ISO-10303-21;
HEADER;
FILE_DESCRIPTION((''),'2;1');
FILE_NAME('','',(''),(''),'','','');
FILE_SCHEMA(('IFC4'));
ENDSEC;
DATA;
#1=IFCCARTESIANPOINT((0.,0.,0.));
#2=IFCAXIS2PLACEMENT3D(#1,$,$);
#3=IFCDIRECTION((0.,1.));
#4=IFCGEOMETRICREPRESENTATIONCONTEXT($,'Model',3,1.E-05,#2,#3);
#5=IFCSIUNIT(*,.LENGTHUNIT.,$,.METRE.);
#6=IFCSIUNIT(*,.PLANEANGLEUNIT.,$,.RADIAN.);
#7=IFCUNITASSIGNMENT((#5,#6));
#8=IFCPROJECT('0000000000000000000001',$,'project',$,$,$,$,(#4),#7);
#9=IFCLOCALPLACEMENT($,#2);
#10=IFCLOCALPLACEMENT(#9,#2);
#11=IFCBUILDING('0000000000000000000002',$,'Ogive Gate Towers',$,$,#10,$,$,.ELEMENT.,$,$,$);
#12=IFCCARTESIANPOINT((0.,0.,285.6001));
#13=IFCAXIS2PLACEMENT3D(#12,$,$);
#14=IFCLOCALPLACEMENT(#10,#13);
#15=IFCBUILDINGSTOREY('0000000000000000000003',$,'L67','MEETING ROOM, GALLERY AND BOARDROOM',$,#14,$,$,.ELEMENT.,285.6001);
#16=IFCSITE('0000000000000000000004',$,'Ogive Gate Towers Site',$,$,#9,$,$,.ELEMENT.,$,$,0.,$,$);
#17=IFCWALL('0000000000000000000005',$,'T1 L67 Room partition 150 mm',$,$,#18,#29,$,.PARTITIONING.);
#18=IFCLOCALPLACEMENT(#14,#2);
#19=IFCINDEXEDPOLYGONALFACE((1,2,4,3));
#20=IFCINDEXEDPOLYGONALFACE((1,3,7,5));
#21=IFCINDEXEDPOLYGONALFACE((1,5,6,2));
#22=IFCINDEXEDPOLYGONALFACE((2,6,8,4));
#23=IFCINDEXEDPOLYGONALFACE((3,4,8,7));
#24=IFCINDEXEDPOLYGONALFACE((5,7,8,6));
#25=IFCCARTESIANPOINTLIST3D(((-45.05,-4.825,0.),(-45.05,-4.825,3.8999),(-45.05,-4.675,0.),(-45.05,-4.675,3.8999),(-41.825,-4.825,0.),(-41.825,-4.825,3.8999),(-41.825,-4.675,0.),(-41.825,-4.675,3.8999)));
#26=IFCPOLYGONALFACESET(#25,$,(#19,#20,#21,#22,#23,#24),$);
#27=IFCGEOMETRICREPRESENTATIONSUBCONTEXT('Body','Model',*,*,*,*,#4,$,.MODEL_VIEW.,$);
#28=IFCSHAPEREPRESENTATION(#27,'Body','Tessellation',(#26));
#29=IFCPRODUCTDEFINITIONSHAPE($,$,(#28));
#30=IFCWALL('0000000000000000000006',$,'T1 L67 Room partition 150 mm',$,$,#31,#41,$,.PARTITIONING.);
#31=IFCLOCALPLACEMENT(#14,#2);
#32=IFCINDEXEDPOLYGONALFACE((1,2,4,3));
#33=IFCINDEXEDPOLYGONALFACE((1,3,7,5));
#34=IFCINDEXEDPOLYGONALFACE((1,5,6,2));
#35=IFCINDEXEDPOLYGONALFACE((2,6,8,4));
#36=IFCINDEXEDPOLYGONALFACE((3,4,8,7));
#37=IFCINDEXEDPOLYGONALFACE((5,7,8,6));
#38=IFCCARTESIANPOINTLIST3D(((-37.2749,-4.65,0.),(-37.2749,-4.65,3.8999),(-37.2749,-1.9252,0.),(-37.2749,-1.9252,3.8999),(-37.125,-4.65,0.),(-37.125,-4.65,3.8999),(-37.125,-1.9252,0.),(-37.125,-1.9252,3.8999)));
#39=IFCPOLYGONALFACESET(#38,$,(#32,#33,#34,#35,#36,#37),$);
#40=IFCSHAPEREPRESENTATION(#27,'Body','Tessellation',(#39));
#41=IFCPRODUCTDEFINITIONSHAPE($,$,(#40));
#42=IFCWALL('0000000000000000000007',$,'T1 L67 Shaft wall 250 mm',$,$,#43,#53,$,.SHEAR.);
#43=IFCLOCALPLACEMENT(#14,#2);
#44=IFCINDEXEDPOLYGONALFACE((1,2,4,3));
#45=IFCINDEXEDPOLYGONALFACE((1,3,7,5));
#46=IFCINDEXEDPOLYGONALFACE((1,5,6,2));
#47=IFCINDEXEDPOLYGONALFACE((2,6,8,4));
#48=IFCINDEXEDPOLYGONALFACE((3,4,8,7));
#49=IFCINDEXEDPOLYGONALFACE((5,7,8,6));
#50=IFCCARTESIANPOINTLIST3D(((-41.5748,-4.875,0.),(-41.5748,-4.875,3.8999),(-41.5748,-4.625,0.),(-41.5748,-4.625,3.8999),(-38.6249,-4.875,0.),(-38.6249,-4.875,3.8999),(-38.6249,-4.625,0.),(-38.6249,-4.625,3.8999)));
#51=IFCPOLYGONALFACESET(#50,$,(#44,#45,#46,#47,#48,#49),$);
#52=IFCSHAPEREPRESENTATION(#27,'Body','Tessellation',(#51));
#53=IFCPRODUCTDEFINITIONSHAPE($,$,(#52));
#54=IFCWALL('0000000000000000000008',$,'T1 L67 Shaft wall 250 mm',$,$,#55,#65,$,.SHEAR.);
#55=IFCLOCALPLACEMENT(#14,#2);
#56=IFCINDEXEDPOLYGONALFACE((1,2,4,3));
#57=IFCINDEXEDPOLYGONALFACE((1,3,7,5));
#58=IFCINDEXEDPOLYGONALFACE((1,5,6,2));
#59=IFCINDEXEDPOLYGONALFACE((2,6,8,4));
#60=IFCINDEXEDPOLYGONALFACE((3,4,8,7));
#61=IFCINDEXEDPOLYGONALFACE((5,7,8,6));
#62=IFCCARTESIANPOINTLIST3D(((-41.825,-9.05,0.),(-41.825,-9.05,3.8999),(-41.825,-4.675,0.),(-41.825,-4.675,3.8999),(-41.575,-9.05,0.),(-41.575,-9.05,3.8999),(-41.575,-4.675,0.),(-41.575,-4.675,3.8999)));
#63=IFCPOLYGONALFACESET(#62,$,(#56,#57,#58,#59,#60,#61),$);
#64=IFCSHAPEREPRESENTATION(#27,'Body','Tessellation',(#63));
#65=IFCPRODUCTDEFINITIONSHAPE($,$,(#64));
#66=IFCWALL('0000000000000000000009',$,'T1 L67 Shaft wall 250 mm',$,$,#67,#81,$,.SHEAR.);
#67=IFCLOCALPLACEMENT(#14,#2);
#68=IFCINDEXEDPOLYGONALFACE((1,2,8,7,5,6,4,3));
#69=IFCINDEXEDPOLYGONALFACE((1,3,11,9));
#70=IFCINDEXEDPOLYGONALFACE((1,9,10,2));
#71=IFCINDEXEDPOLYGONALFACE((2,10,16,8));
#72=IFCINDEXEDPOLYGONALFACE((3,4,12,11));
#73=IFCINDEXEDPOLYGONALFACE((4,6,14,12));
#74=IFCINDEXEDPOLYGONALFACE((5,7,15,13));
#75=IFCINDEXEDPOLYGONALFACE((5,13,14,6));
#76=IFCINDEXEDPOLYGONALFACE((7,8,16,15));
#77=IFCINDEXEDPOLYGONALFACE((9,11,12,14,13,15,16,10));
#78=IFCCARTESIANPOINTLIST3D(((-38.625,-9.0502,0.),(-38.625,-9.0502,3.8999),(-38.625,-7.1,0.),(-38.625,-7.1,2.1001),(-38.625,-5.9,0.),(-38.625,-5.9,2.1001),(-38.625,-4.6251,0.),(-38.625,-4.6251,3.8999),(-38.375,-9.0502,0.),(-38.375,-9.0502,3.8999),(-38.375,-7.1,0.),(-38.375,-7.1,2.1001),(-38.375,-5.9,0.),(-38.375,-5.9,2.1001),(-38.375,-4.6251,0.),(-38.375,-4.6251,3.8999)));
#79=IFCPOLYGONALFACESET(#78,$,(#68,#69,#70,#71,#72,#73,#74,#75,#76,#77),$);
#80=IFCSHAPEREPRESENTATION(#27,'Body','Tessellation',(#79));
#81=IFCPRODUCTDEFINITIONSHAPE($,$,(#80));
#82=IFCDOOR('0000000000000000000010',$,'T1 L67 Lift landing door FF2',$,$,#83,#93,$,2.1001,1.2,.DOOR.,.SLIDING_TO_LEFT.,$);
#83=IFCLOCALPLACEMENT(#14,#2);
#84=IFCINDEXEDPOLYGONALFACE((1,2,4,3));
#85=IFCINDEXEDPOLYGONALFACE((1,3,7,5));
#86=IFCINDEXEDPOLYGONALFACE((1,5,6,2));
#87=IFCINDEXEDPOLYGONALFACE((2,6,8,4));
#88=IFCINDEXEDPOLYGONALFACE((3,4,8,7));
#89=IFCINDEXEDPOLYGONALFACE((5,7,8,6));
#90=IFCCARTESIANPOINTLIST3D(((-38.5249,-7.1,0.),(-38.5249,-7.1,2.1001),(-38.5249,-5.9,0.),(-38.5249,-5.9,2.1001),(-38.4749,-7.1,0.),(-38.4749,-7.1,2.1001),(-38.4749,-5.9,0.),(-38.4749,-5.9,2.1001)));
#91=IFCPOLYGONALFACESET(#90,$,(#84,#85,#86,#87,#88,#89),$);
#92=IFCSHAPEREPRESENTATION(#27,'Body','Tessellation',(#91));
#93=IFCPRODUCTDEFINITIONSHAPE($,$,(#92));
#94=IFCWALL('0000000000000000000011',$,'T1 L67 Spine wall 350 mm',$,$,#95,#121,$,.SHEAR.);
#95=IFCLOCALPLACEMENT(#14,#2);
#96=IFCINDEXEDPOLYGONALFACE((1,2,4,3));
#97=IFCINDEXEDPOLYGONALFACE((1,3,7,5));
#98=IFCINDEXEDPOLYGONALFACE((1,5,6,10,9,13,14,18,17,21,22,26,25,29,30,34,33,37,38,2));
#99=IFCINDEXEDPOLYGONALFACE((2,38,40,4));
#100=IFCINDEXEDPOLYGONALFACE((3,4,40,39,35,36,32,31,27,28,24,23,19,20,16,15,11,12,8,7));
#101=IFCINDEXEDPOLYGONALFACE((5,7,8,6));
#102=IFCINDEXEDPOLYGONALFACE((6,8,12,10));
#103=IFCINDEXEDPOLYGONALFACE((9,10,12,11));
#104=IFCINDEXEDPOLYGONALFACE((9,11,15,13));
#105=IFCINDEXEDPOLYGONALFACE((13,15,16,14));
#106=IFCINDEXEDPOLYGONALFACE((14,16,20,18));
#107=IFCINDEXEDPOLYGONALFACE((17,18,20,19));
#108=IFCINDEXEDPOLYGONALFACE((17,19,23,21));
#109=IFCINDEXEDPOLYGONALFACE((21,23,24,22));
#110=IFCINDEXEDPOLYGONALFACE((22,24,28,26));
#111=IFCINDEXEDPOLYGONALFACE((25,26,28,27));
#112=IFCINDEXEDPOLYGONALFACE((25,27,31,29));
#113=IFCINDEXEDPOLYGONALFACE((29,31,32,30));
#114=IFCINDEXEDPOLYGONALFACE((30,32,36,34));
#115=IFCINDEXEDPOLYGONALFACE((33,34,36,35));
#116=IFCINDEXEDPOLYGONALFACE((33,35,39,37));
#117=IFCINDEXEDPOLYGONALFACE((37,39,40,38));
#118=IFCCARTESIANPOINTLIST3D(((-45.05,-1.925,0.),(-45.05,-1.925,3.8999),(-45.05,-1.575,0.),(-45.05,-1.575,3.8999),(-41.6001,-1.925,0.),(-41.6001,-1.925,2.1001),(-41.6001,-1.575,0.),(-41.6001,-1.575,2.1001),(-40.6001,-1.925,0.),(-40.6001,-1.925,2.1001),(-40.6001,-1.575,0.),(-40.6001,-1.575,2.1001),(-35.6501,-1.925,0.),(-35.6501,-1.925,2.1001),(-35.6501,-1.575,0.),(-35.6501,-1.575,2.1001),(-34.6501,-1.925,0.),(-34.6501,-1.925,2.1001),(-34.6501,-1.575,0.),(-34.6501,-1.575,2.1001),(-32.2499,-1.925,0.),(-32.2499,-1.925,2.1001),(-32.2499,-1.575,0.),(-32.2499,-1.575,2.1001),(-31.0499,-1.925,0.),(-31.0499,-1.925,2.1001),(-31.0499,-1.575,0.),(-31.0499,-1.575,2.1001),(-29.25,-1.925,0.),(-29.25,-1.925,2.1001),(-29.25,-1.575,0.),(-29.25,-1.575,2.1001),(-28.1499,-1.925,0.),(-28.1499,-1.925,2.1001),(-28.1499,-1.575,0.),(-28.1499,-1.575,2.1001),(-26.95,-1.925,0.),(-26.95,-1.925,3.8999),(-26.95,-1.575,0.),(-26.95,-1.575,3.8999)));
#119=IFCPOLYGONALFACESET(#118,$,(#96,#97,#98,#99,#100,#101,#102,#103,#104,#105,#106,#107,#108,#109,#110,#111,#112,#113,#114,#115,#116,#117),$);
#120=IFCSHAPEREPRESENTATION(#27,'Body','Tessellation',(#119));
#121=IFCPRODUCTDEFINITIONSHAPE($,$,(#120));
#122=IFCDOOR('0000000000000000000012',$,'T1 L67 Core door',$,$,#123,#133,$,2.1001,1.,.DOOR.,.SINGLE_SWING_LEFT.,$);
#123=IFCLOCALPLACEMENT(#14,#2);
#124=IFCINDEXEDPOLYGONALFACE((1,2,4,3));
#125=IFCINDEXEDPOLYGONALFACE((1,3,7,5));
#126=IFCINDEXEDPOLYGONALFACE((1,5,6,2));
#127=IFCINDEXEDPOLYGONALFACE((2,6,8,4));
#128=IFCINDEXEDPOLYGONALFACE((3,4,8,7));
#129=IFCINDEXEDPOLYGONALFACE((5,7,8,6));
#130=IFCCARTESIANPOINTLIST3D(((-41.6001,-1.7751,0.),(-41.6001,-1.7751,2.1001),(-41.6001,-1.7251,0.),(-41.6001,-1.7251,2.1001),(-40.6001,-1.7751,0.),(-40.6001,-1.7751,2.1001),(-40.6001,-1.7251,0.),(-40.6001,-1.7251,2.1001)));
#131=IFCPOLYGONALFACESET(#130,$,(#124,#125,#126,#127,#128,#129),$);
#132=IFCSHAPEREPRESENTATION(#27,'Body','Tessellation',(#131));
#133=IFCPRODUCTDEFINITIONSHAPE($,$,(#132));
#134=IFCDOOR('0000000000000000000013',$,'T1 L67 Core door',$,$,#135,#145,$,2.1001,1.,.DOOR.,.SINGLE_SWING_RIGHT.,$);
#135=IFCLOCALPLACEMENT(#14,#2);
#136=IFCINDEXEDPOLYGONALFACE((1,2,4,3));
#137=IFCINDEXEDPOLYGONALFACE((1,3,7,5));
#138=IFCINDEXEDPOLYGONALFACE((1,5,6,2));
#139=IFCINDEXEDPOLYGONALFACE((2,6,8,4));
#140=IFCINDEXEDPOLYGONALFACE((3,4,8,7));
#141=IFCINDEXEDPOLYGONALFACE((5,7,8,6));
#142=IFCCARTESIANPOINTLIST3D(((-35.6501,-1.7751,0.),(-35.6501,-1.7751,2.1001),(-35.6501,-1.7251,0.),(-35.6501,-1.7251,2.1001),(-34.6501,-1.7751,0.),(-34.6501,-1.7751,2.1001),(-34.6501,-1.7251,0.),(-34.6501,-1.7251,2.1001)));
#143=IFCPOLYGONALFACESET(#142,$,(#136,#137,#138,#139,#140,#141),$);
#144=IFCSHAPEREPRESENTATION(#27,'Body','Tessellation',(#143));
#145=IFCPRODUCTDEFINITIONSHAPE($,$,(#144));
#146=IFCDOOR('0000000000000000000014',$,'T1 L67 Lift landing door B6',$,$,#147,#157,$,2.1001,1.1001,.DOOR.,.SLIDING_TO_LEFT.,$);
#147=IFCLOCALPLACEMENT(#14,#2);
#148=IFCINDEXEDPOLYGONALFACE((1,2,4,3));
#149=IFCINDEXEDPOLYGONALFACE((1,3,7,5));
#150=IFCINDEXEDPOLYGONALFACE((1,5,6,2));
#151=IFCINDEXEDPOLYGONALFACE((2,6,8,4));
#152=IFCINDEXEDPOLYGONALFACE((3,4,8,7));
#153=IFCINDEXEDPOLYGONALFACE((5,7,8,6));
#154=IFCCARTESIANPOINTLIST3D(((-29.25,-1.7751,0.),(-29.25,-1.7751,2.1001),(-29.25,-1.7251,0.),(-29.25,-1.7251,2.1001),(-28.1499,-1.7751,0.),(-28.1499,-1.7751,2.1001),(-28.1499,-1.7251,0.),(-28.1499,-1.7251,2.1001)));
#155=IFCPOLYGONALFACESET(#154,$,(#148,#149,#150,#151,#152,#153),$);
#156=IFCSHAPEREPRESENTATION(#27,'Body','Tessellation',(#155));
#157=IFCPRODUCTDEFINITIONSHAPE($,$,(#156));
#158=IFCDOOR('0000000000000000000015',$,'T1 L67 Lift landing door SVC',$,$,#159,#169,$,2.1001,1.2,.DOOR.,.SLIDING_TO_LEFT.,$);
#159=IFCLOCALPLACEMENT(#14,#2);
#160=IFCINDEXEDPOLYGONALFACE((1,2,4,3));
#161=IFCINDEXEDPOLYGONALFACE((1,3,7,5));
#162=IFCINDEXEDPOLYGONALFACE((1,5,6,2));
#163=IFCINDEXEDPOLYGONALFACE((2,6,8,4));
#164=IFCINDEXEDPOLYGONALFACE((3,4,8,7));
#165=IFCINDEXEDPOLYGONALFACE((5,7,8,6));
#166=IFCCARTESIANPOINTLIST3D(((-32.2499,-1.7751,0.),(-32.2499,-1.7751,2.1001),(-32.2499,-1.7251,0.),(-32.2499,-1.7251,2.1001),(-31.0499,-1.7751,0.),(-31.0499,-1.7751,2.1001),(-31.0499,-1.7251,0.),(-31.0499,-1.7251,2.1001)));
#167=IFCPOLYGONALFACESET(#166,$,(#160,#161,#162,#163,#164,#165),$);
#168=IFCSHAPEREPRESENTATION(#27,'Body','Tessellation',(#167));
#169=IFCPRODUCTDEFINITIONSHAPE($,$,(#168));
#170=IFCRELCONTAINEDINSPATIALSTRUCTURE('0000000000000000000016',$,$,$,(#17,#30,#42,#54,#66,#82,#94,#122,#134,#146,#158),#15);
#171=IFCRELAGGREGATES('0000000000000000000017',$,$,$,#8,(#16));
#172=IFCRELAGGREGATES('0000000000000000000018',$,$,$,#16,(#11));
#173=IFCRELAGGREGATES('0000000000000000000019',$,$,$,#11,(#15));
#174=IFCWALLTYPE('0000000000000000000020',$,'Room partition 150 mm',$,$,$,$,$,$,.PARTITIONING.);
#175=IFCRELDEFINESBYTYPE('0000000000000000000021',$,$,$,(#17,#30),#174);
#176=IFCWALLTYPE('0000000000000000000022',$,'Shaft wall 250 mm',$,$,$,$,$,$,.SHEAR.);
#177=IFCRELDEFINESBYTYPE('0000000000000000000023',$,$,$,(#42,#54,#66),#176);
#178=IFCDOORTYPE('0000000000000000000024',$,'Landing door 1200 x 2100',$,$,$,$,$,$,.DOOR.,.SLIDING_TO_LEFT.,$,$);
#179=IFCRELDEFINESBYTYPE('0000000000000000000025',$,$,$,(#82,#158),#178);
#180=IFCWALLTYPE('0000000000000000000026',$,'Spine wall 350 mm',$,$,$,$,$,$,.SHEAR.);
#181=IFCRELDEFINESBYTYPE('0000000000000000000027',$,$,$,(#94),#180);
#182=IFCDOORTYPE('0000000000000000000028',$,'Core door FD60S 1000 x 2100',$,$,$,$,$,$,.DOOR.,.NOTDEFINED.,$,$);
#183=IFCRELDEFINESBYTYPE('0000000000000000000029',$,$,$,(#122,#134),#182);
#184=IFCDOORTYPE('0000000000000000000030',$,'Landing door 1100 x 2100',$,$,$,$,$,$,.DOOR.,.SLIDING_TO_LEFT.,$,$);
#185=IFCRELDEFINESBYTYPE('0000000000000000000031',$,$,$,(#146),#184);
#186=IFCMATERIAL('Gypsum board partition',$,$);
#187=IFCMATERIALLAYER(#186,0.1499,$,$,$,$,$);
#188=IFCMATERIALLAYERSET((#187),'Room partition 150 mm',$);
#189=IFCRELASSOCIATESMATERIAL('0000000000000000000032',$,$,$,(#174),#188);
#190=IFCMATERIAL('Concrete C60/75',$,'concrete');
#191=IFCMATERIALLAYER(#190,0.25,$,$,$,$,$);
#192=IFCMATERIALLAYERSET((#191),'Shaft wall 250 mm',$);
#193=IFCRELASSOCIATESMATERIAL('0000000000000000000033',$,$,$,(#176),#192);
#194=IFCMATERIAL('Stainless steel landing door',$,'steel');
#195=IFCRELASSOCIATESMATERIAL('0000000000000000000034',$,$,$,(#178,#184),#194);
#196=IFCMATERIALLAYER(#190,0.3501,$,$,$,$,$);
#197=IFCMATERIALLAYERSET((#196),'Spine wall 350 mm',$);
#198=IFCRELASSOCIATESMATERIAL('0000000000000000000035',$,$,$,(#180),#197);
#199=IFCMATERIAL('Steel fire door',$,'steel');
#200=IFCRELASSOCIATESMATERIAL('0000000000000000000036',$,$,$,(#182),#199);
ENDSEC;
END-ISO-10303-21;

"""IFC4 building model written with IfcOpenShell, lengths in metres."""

from ifc_helpers import new_model, si_unit, direction, frame, frame_2d, origin, place, context, subcontext, project, spatial, rectangle, extrude, material, layer, layer_set, type_object, element, fill, save


model = new_model("IFC4")

# Units and contexts
model_context = context("Model", 3, precision=1e-05, world=origin(), true_north=direction((0.0, 1.0)))
body_context = subcontext(model_context, "Body", "Model", "MODEL_VIEW")
ifc_project = project(units=[si_unit("LENGTHUNIT", "METRE"), si_unit("PLANEANGLEUNIT", "RADIAN")], contexts=[model_context])

# Site, building, storey
site_placement = place(None, origin())
site = spatial("IfcSite", under=ifc_project, at=site_placement, Name="Ogive Gate Towers Site", CompositionType="ELEMENT", RefElevation=0.0)
building_placement = place(site_placement, origin())
building = spatial("IfcBuilding", under=site, at=building_placement, Name="Ogive Gate Towers", CompositionType="ELEMENT")
storey_placement = place(building_placement, frame((0.0, 0.0, 285.6001)))
storey = spatial("IfcBuildingStorey", under=building, at=storey_placement, Name="L67", Description="MEETING ROOM, GALLERY AND BOARDROOM", CompositionType="ELEMENT", Elevation=285.6001)

# Shared definitions
ifc_material_1 = material(Name="Concrete C60/75", Category="concrete")
ifc_material_2 = material(Name="Steel fire door", Category="steel")

# Walls
ifc_material_3 = material(Name="Gypsum board partition")
ifc_layer_1 = layer(ifc_material_3, 0.1499)
ifc_layer_set_1 = layer_set([ifc_layer_1], Name="Room partition 150 mm")
wall_type_1 = type_object("IfcWallType", Name="Room partition 150 mm", PredefinedType="PARTITIONING", material=ifc_layer_set_1)
wall_1_placement = place(storey_placement, frame((-45.05, -4.75, 0.0), z_axis=(0.0, 0.0, 1.0), x_axis=(1.0, 0.0, 0.0)))
element("IfcWall", 1, at=wall_1_placement, inside=storey, type_object=wall_type_1, Name="T1 L67 Room partition 150 mm", PredefinedType="PARTITIONING", context=body_context, shape_type="SweptSolid", body=[
    extrude(rectangle(XDim=3.2251, YDim=0.1499, at=frame_2d((1.6125, 0.0))), origin(), (0.0, 0.0, 1.0), 3.8999),
])
wall_2_placement = place(storey_placement, frame((-37.2, -4.6499, 0.0), z_axis=(0.0, 0.0, 1.0), x_axis=(0.0, 1.0, 0.0)))
element("IfcWall", 2, at=wall_2_placement, inside=storey, type_object=wall_type_1, Name="T1 L67 Room partition 150 mm", PredefinedType="PARTITIONING", context=body_context, shape_type="SweptSolid", body=[
    extrude(rectangle(XDim=2.7249, YDim=0.1499, at=frame_2d((1.3623, 0.0))), origin(), (0.0, 0.0, 1.0), 3.8999),
])
ifc_layer_2 = layer(ifc_material_1, 0.25)
ifc_layer_set_2 = layer_set([ifc_layer_2], Name="Shaft wall 250 mm")
wall_type_2 = type_object("IfcWallType", Name="Shaft wall 250 mm", PredefinedType="SHEAR", material=ifc_layer_set_2)
wall_3_placement = place(storey_placement, frame((-41.575, -4.75, 0.0), z_axis=(0.0, 0.0, 1.0), x_axis=(1.0, 0.0, 0.0)))
element("IfcWall", 3, at=wall_3_placement, inside=storey, type_object=wall_type_2, Name="T1 L67 Shaft wall 250 mm", PredefinedType="SHEAR", context=body_context, shape_type="SweptSolid", body=[
    extrude(rectangle(XDim=2.95, YDim=0.25, at=frame_2d((1.4751, 0.0))), origin(), (0.0, 0.0, 1.0), 3.8999),
])
wall_4_placement = place(storey_placement, frame((-41.7, -9.05, 0.0), z_axis=(0.0, 0.0, 1.0), x_axis=(0.0, 1.0, 0.0)))
element("IfcWall", 4, at=wall_4_placement, inside=storey, type_object=wall_type_2, Name="T1 L67 Shaft wall 250 mm", PredefinedType="SHEAR", context=body_context, shape_type="SweptSolid", body=[
    extrude(rectangle(XDim=4.375, YDim=0.25, at=frame_2d((2.1875, 0.0))), origin(), (0.0, 0.0, 1.0), 3.8999),
])

# Wall, opening, door
wall_5_placement = place(storey_placement, frame((-38.5, -9.05, 0.0), z_axis=(0.0, 0.0, 1.0), x_axis=(0.0, 1.0, 0.0)))
wall_5 = element("IfcWall", 5, at=wall_5_placement, inside=storey, type_object=wall_type_2, Name="T1 L67 Shaft wall 250 mm", PredefinedType="SHEAR", context=body_context, shape_type="SweptSolid", body=[
    extrude(rectangle(XDim=4.425, YDim=0.25, at=frame_2d((2.2124, 0.0))), origin(), (0.0, 0.0, 1.0), 3.8999),
])
opening_1_placement = place(wall_5_placement, frame((1.95, 0.0, 0.0)))
opening_1 = element("IfcOpeningElement", 6, at=opening_1_placement, cuts=wall_5, PredefinedType="OPENING", context=body_context, shape_type="SweptSolid", body=[
    extrude(rectangle(XDim=1.2, YDim=2.1001, at=frame_2d((0.6001, 1.05))), frame((0.0, 0.135, 0.0), z_axis=(0.0, -1.0, 0.0), x_axis=(1.0, 0.0, 0.0)), (0.0, 0.0, 1.0), 0.27),
])
ifc_material_4 = material(Name="Stainless steel landing door", Category="steel")
door_type_1 = type_object("IfcDoorType", Name="Landing door 1200 x 2100", OperationType="SLIDING_TO_LEFT", PredefinedType="DOOR", material=ifc_material_4)
door_1_placement = place(opening_1_placement, origin())
door_1 = element("IfcDoor", 7, at=door_1_placement, inside=storey, type_object=door_type_1, Name="T1 L67 Lift landing door FF2", OperationType="SLIDING_TO_LEFT", OverallHeight=2.1001, OverallWidth=1.2, PredefinedType="DOOR", context=body_context, shape_type="SweptSolid", body=[
    extrude(rectangle(XDim=1.2, YDim=2.1001, at=frame_2d((0.6001, 1.05))), frame((0.0, 0.0249, 0.0), z_axis=(0.0, -1.0, 0.0), x_axis=(1.0, 0.0, 0.0)), (0.0, 0.0, 1.0), 0.05),
])
fill(opening_1, door_1)

# Wall, openings, doors
ifc_layer_3 = layer(ifc_material_1, 0.3501)
ifc_layer_set_3 = layer_set([ifc_layer_3], Name="Spine wall 350 mm")
wall_type_3 = type_object("IfcWallType", Name="Spine wall 350 mm", PredefinedType="SHEAR", material=ifc_layer_set_3)
wall_6_placement = place(storey_placement, frame((-45.05, -1.75, 0.0), z_axis=(0.0, 0.0, 1.0), x_axis=(1.0, 0.0, 0.0)))
wall_6 = element("IfcWall", 8, at=wall_6_placement, inside=storey, type_object=wall_type_3, Name="T1 L67 Spine wall 350 mm", PredefinedType="SHEAR", context=body_context, shape_type="SweptSolid", body=[
    extrude(rectangle(XDim=18.1001, YDim=0.3501, at=frame_2d((9.05, 0.0))), origin(), (0.0, 0.0, 1.0), 3.8999),
])
opening_2_placement = place(wall_6_placement, frame((12.8, 0.0, 0.0)))
opening_2 = element("IfcOpeningElement", 9, at=opening_2_placement, cuts=wall_6, PredefinedType="OPENING", context=body_context, shape_type="SweptSolid", body=[
    extrude(rectangle(XDim=1.2, YDim=2.1001, at=frame_2d((0.6001, 1.05))), frame((0.0, 0.1851, 0.0), z_axis=(0.0, -1.0, 0.0), x_axis=(1.0, 0.0, 0.0)), (0.0, 0.0, 1.0), 0.3701),
])
opening_3_placement = place(wall_6_placement, frame((15.8, 0.0, 0.0)))
opening_3 = element("IfcOpeningElement", 10, at=opening_3_placement, cuts=wall_6, PredefinedType="OPENING", context=body_context, shape_type="SweptSolid", body=[
    extrude(rectangle(XDim=1.1001, YDim=2.1001, at=frame_2d((0.55, 1.05))), frame((0.0, 0.1851, 0.0), z_axis=(0.0, -1.0, 0.0), x_axis=(1.0, 0.0, 0.0)), (0.0, 0.0, 1.0), 0.3701),
])
opening_4_placement = place(wall_6_placement, frame((3.45, 0.0, 0.0)))
opening_4 = element("IfcOpeningElement", 11, at=opening_4_placement, cuts=wall_6, PredefinedType="OPENING", context=body_context, shape_type="SweptSolid", body=[
    extrude(rectangle(XDim=1.0, YDim=2.1001, at=frame_2d((0.5, 1.05))), frame((0.0, 0.1851, 0.0), z_axis=(0.0, -1.0, 0.0), x_axis=(1.0, 0.0, 0.0)), (0.0, 0.0, 1.0), 0.3701),
])
opening_5_placement = place(wall_6_placement, frame((9.3999, 0.0, 0.0)))
opening_5 = element("IfcOpeningElement", 12, at=opening_5_placement, cuts=wall_6, PredefinedType="OPENING", context=body_context, shape_type="SweptSolid", body=[
    extrude(rectangle(XDim=1.0, YDim=2.1001, at=frame_2d((0.5, 1.05))), frame((0.0, 0.1851, 0.0), z_axis=(0.0, -1.0, 0.0), x_axis=(1.0, 0.0, 0.0)), (0.0, 0.0, 1.0), 0.3701),
])
door_type_2 = type_object("IfcDoorType", Name="Core door FD60S 1000 x 2100", OperationType="NOTDEFINED", PredefinedType="DOOR", material=ifc_material_2)
door_2_placement = place(opening_4_placement, origin())
door_2 = element("IfcDoor", 13, at=door_2_placement, inside=storey, type_object=door_type_2, Name="T1 L67 Core door", OperationType="SINGLE_SWING_LEFT", OverallHeight=2.1001, OverallWidth=1.0, PredefinedType="DOOR", context=body_context, shape_type="SweptSolid", body=[
    extrude(rectangle(XDim=1.0, YDim=2.1001, at=frame_2d((0.5, 1.05))), frame((0.0, 0.0249, 0.0), z_axis=(0.0, -1.0, 0.0), x_axis=(1.0, 0.0, 0.0)), (0.0, 0.0, 1.0), 0.05),
])
fill(opening_4, door_2)
door_3_placement = place(opening_5_placement, origin())
door_3 = element("IfcDoor", 14, at=door_3_placement, inside=storey, type_object=door_type_2, Name="T1 L67 Core door", OperationType="SINGLE_SWING_RIGHT", OverallHeight=2.1001, OverallWidth=1.0, PredefinedType="DOOR", context=body_context, shape_type="SweptSolid", body=[
    extrude(rectangle(XDim=1.0, YDim=2.1001, at=frame_2d((0.5, 1.05))), frame((0.0, 0.0249, 0.0), z_axis=(0.0, -1.0, 0.0), x_axis=(1.0, 0.0, 0.0)), (0.0, 0.0, 1.0), 0.05),
])
fill(opening_5, door_3)
door_type_3 = type_object("IfcDoorType", Name="Landing door 1100 x 2100", OperationType="SLIDING_TO_LEFT", PredefinedType="DOOR", material=ifc_material_4)
door_4_placement = place(opening_3_placement, origin())
door_4 = element("IfcDoor", 15, at=door_4_placement, inside=storey, type_object=door_type_3, Name="T1 L67 Lift landing door B6", OperationType="SLIDING_TO_LEFT", OverallHeight=2.1001, OverallWidth=1.1001, PredefinedType="DOOR", context=body_context, shape_type="SweptSolid", body=[
    extrude(rectangle(XDim=1.1001, YDim=2.1001, at=frame_2d((0.55, 1.05))), frame((0.0, 0.0249, 0.0), z_axis=(0.0, -1.0, 0.0), x_axis=(1.0, 0.0, 0.0)), (0.0, 0.0, 1.0), 0.05),
])
fill(opening_3, door_4)
door_5_placement = place(opening_2_placement, origin())
door_5 = element("IfcDoor", 16, at=door_5_placement, inside=storey, type_object=door_type_1, Name="T1 L67 Lift landing door SVC", OperationType="SLIDING_TO_LEFT", OverallHeight=2.1001, OverallWidth=1.2, PredefinedType="DOOR", context=body_context, shape_type="SweptSolid", body=[
    extrude(rectangle(XDim=1.2, YDim=2.1001, at=frame_2d((0.6001, 1.05))), frame((0.0, 0.0249, 0.0), z_axis=(0.0, -1.0, 0.0), x_axis=(1.0, 0.0, 0.0)), (0.0, 0.0, 1.0), 0.05),
])
fill(opening_2, door_5)

save(model, "model.ifc")
